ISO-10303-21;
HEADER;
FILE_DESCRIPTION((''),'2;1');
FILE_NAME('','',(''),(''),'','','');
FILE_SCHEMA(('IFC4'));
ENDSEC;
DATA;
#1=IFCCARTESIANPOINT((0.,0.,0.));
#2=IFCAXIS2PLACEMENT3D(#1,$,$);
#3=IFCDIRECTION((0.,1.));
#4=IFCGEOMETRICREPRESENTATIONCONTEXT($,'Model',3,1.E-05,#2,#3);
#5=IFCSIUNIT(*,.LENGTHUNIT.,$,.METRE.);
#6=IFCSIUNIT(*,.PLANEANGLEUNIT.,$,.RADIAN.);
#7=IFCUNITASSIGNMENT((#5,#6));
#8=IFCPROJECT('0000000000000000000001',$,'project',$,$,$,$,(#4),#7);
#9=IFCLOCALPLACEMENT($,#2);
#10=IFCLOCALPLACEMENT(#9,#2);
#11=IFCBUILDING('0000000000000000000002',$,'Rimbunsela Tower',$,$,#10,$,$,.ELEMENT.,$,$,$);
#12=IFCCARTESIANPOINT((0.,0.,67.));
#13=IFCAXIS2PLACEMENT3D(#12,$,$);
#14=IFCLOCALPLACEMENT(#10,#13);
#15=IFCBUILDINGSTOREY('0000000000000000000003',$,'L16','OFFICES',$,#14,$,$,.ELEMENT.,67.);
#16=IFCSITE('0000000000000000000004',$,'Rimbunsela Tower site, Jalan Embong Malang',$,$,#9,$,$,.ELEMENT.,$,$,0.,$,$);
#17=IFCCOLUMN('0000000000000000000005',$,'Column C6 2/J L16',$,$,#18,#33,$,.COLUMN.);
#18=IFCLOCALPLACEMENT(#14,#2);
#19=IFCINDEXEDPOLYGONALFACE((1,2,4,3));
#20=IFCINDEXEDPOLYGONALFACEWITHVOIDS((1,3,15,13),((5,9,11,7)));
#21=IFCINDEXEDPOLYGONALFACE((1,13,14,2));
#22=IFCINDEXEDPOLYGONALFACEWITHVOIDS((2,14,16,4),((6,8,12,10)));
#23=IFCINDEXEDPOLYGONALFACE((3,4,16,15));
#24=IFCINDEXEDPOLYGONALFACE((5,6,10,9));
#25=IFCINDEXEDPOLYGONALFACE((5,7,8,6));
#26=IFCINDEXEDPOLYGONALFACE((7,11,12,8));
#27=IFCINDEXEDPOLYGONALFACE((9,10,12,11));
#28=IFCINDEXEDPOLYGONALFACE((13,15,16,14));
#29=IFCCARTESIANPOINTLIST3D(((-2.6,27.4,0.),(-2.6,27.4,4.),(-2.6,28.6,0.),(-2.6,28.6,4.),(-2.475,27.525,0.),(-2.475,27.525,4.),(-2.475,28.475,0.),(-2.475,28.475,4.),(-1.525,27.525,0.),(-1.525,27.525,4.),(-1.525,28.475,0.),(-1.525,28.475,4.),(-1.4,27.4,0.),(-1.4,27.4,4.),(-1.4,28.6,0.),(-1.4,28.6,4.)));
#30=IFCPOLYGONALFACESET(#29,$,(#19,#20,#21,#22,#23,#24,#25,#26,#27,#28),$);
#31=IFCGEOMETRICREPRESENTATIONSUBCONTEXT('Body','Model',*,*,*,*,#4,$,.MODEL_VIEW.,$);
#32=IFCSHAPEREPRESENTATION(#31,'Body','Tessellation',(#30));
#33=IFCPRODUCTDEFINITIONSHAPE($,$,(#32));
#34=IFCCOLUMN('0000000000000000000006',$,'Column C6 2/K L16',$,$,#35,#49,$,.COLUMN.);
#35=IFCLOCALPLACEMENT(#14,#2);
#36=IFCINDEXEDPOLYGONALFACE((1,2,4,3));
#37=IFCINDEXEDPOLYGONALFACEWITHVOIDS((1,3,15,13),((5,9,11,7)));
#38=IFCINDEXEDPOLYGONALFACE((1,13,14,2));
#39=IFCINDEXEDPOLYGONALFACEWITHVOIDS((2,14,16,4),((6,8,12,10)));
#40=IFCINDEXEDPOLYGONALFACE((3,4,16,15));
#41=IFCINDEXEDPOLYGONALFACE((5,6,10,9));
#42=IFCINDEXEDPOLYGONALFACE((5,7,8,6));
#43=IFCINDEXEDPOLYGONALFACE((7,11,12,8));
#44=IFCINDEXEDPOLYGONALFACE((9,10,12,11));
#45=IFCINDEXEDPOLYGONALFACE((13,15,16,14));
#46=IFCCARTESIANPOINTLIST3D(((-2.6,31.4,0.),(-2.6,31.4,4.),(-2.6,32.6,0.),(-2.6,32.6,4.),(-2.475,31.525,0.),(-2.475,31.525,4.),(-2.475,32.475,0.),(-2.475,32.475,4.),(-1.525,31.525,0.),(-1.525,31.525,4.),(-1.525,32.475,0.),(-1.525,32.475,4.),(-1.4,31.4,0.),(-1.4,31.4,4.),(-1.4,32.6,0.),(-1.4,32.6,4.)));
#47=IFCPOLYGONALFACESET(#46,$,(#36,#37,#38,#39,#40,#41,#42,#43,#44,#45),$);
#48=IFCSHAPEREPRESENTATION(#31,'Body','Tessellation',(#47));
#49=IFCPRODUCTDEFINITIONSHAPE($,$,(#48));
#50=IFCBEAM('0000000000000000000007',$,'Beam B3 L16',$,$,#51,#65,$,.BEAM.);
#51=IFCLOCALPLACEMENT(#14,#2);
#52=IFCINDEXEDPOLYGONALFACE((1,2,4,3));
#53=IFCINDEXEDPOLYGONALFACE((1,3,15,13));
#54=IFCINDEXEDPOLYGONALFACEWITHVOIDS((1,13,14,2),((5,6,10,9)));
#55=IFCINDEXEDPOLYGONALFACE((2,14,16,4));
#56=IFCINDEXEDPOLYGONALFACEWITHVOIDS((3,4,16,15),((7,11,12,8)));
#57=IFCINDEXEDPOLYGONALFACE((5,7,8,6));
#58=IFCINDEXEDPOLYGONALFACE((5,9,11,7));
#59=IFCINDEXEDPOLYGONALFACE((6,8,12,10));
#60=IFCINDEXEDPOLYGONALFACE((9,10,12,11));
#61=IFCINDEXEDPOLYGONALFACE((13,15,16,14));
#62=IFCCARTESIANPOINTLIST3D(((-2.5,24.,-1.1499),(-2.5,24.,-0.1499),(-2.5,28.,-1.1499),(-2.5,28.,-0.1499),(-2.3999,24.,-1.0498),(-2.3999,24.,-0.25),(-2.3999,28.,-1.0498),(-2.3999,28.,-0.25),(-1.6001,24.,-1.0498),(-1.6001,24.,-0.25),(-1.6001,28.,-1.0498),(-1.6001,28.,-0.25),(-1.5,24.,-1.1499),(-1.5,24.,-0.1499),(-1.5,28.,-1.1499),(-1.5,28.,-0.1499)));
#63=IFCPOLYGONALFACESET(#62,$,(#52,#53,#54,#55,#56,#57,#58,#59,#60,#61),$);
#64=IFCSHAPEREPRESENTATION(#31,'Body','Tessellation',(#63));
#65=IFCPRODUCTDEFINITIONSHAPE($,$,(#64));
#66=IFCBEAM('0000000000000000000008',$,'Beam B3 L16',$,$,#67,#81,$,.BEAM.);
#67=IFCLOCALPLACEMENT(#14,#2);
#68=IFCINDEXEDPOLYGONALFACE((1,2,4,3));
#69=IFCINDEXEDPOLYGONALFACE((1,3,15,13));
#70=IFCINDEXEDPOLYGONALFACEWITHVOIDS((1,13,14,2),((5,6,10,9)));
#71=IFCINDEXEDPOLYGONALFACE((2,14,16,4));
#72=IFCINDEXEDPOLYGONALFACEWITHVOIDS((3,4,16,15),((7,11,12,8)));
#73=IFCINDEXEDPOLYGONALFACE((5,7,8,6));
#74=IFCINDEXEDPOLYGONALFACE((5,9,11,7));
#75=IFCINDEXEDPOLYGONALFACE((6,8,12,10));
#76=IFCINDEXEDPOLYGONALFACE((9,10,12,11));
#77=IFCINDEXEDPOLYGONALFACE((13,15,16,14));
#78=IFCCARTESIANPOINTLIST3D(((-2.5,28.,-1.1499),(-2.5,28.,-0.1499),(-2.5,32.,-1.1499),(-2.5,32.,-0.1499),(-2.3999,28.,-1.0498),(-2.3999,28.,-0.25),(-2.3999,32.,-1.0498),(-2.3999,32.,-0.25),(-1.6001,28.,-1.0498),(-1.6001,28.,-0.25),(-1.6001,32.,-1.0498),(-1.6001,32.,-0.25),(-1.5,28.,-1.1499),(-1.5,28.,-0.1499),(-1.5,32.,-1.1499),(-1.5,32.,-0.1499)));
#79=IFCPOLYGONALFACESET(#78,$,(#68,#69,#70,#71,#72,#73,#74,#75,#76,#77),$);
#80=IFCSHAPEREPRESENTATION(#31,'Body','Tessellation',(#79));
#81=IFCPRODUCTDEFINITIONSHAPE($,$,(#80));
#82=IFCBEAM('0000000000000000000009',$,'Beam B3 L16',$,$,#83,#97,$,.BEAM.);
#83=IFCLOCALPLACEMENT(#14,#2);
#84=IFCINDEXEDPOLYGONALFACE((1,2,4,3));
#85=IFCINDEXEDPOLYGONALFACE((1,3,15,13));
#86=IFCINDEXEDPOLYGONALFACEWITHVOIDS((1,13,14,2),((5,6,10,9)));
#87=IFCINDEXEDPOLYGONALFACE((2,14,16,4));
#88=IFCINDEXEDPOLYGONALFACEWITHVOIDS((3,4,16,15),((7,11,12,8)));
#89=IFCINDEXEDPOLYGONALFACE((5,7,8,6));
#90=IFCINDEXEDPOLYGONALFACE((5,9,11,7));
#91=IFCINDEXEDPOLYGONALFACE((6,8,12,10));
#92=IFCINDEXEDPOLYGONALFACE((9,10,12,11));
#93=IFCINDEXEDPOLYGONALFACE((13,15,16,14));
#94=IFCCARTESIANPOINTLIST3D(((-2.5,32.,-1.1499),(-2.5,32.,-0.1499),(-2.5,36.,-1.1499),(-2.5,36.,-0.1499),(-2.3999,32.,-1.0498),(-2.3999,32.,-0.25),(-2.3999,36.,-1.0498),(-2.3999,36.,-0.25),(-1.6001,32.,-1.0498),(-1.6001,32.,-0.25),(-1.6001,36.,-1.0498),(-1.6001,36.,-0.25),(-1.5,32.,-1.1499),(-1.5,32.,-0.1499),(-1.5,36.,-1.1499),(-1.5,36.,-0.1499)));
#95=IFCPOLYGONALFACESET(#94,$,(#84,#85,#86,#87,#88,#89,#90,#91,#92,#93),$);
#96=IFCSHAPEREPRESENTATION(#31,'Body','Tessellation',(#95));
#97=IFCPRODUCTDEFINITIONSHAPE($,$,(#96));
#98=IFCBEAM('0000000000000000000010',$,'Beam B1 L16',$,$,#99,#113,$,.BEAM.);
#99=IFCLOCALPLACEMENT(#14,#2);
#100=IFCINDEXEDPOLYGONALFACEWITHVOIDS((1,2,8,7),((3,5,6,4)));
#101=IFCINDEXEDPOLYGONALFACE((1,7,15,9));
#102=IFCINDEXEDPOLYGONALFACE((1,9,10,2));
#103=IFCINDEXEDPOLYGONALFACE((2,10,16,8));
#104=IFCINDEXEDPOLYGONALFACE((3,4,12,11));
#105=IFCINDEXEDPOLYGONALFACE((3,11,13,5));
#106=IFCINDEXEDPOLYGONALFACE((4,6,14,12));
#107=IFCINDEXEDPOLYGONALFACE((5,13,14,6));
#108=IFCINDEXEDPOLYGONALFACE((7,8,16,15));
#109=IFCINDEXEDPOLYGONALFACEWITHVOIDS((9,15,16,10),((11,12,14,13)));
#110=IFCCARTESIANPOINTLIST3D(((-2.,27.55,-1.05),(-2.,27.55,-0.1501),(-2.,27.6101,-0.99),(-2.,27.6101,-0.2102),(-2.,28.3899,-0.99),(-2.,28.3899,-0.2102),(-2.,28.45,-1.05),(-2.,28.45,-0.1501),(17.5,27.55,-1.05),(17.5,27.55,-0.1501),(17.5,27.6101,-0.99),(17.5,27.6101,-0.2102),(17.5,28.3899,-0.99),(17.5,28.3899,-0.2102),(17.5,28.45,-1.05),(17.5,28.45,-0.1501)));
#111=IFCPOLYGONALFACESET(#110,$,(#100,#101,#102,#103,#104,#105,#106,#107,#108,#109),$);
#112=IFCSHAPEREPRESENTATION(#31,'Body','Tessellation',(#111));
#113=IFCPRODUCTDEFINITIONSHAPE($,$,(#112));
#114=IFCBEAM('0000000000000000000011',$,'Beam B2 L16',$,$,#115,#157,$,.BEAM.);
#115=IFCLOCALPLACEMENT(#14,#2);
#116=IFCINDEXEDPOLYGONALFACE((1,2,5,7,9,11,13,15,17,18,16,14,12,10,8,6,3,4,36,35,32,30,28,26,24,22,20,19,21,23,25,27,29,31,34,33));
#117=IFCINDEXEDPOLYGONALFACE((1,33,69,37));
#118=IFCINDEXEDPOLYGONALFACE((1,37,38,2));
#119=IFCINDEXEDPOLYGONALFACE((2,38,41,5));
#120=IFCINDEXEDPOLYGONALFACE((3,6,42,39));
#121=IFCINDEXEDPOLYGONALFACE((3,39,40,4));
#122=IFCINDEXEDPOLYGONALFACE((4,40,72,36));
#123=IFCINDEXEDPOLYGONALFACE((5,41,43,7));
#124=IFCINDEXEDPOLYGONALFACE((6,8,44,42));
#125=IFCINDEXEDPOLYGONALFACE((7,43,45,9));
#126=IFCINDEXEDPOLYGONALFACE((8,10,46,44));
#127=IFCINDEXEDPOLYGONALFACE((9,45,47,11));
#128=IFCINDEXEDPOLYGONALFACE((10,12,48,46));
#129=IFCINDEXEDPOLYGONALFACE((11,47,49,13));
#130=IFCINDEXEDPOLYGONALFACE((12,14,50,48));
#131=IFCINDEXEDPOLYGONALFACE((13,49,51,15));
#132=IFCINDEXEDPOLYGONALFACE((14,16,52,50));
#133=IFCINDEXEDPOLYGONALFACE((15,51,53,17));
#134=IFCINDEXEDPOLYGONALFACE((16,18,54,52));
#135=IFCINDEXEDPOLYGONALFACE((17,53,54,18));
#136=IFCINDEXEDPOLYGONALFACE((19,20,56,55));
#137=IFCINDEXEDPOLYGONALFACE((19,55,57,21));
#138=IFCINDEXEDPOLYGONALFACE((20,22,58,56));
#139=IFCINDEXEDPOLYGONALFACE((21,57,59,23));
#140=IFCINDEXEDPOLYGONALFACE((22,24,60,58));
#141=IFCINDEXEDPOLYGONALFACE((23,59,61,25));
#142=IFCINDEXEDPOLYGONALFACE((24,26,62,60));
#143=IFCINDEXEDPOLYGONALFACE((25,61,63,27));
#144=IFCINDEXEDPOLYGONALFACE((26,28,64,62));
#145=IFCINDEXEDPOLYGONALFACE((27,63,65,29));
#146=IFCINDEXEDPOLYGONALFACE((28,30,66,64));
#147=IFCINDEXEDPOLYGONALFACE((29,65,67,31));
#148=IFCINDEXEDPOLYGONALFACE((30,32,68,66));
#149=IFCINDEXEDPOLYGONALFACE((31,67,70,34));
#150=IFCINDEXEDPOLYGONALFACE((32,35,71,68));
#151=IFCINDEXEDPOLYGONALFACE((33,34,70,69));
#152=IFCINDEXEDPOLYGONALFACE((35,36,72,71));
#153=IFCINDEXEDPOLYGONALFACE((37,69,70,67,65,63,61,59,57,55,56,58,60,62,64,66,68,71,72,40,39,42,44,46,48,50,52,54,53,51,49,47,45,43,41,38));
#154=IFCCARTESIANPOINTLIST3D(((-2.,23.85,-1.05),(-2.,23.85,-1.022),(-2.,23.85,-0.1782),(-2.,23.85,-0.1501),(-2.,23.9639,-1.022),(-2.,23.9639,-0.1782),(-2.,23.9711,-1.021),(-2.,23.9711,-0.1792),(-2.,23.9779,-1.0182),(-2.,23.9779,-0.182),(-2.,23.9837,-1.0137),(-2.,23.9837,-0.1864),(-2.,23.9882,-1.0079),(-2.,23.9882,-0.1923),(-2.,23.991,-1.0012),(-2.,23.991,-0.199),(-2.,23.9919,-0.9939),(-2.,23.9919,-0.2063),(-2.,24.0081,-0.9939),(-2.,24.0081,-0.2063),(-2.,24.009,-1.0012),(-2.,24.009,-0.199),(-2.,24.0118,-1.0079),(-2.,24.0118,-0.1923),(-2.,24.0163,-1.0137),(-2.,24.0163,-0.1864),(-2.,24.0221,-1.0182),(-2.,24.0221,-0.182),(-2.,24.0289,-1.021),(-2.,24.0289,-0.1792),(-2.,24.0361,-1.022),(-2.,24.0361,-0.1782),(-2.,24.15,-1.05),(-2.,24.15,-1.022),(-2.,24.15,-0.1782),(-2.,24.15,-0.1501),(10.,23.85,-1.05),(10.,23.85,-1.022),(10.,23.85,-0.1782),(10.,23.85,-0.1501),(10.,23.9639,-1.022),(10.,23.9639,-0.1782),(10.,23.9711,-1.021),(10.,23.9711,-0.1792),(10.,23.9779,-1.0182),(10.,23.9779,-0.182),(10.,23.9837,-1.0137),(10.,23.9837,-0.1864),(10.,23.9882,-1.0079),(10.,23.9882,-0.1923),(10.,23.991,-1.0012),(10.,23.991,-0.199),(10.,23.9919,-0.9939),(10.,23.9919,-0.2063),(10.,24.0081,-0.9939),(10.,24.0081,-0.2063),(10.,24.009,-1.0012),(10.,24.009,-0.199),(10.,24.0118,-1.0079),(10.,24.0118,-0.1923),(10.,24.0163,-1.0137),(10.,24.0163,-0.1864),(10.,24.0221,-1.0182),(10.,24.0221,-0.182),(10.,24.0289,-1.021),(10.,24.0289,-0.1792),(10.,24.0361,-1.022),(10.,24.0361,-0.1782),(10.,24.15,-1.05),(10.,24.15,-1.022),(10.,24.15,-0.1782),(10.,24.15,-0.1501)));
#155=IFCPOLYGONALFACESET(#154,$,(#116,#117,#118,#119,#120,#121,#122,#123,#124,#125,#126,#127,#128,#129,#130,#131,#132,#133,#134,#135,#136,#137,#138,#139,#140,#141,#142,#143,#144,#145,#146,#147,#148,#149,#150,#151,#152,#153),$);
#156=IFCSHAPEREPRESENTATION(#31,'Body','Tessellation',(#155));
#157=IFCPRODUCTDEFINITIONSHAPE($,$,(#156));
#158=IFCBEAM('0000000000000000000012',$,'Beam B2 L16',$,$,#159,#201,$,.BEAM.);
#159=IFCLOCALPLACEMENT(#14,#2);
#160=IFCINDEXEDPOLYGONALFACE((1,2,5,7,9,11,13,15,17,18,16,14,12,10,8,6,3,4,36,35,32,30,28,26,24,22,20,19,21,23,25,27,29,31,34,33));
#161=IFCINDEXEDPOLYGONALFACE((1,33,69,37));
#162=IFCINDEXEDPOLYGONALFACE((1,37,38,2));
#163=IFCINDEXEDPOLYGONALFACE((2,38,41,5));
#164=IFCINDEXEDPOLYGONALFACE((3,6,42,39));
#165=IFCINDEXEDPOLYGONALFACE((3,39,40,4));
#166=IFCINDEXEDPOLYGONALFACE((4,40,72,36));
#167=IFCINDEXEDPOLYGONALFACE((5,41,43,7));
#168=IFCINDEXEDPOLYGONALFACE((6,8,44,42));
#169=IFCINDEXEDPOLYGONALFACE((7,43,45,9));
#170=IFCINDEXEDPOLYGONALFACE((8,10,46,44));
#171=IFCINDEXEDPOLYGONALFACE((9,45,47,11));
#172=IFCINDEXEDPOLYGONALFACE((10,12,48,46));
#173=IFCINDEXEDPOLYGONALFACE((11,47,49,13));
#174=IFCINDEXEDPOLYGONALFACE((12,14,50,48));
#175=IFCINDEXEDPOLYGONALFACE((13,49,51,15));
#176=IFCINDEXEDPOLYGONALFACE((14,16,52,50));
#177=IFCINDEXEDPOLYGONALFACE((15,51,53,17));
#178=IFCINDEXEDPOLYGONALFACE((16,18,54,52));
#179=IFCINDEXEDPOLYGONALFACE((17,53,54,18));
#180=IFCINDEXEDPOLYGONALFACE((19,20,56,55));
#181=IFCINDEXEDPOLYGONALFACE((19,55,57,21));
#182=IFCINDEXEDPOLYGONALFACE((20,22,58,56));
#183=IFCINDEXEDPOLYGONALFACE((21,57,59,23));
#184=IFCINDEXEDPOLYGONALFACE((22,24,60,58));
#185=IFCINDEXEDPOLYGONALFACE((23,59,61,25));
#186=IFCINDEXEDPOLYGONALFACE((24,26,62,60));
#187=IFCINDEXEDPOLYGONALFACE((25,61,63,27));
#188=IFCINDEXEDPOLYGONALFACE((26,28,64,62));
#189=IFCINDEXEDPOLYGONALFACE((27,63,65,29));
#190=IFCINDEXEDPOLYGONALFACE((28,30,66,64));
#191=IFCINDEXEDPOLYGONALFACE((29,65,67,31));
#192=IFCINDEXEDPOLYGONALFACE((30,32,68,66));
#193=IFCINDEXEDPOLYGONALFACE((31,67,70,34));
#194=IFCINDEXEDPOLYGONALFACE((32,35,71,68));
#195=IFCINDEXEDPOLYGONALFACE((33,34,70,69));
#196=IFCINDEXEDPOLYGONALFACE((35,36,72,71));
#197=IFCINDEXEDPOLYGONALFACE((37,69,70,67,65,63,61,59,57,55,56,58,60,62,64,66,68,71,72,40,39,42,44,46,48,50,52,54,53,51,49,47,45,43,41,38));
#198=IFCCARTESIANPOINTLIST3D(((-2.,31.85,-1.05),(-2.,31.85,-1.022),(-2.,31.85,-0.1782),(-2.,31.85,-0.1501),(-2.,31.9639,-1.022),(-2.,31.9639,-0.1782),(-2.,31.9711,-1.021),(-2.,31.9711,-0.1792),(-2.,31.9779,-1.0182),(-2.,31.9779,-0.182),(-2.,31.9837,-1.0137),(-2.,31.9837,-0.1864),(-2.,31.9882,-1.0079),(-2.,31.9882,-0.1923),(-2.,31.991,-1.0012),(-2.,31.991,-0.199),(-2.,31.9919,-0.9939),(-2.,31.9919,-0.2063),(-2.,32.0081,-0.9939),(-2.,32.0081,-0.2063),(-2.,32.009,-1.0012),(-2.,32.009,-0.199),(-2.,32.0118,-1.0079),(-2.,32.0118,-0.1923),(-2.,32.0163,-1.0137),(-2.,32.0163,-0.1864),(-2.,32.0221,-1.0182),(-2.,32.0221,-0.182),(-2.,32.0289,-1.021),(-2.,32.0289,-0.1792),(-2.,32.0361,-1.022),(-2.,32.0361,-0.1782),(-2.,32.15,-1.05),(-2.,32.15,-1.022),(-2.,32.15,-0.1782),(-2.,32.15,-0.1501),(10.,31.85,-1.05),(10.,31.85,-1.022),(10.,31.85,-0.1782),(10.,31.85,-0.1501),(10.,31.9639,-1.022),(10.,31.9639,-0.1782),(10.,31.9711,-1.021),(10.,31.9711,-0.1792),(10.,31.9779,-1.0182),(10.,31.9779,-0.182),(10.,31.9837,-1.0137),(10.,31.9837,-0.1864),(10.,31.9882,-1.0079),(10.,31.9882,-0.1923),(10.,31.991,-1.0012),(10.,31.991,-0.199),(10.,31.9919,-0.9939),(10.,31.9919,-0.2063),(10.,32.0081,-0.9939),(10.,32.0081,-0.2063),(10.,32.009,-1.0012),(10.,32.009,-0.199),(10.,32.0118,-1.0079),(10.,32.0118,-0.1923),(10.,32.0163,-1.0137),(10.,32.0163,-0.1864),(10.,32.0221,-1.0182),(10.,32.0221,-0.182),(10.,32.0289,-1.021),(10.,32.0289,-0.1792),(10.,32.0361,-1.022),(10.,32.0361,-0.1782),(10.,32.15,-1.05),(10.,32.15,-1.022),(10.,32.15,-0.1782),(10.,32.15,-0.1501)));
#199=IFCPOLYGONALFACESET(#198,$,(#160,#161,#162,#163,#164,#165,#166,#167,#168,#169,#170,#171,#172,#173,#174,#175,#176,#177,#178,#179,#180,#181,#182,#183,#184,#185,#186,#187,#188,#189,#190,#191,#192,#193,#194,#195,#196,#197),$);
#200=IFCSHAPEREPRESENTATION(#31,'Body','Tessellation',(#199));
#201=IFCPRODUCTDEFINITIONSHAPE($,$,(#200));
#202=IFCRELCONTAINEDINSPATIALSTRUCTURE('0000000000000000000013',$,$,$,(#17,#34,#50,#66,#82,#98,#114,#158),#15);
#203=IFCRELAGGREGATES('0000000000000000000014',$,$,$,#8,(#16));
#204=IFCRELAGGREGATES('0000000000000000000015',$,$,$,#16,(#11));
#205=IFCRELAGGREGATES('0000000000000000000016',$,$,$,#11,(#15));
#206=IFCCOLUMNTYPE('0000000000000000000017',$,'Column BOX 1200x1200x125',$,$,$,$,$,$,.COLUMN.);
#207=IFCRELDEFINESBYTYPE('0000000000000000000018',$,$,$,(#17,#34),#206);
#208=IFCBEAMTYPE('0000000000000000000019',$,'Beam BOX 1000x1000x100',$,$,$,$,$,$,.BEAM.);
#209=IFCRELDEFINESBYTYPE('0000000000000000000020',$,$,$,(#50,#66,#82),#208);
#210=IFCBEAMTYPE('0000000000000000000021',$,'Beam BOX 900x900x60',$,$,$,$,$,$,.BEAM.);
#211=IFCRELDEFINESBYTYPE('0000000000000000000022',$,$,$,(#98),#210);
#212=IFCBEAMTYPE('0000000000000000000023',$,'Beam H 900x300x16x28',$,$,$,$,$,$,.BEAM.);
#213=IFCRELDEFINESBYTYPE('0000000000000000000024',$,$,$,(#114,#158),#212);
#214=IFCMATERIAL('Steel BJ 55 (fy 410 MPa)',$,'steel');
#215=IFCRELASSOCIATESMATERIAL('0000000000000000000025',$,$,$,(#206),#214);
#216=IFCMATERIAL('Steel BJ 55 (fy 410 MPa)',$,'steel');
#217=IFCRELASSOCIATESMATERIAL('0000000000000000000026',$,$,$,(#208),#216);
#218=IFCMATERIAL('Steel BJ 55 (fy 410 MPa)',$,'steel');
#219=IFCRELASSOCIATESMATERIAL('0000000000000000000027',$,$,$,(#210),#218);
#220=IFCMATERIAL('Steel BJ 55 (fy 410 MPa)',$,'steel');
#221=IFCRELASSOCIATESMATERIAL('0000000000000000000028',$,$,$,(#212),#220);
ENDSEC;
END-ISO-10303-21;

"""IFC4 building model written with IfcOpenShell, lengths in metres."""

from ifc_helpers import new_model, si_unit, direction, frame, origin, origin_2d, place, context, subcontext, project, spatial, hollow_rectangle, i_section, extrude, material, material_profile, profile_set, type_object, element, save


model = new_model("IFC4")

# Units and contexts
model_context = context("Model", 3, precision=1e-05, world=origin(), true_north=direction((0.0, 1.0)))
body_context = subcontext(model_context, "Body", "Model", "MODEL_VIEW")
ifc_project = project(units=[si_unit("LENGTHUNIT", "METRE"), si_unit("PLANEANGLEUNIT", "RADIAN")], contexts=[model_context])

# Site, building, storey
site_placement = place(None, origin())
site = spatial("IfcSite", under=ifc_project, at=site_placement, Name="Rimbunsela Tower site, Jalan Embong Malang", CompositionType="ELEMENT", RefElevation=0.0)
building_placement = place(site_placement, origin())
building = spatial("IfcBuilding", under=site, at=building_placement, Name="Rimbunsela Tower", CompositionType="ELEMENT")
storey_placement = place(building_placement, frame((0.0, 0.0, 67.0)))
storey = spatial("IfcBuildingStorey", under=building, at=storey_placement, Name="L16", Description="OFFICES", CompositionType="ELEMENT", Elevation=67.0)

# Columns
ifc_material_1 = material(Name="Steel BJ 55 (fy 410 MPa)", Category="steel")
ifc_material_profile_1 = material_profile(ifc_material_1, hollow_rectangle(XDim=1.2, YDim=1.2, WallThickness=0.125, at=origin_2d()), Name="BOX 1200x1200x125")
ifc_profile_set_1 = profile_set([ifc_material_profile_1], Name="Steel BJ 55 (fy 410 MPa)")
column_type = type_object("IfcColumnType", Name="Column BOX 1200x1200x125", PredefinedType="COLUMN", material=ifc_profile_set_1)
for number, where, z_axis, x_axis, name in (
    (1, (-2.0, 28.0, 0.0), (0.0, 0.0, 1.0), (1.0, 0.0, 0.0), "Column C6 2/J L16"),
    (2, (-2.0, 32.0, 0.0), (0.0, 0.0, 1.0), (1.0, 0.0, 0.0), "Column C6 2/K L16"),
):
    element("IfcColumn", number, at=place(storey_placement, frame(where, z_axis=z_axis, x_axis=x_axis)), inside=storey, type_object=column_type, Name=name, PredefinedType="COLUMN", context=body_context, shape_type="SweptSolid", body=[
        extrude(hollow_rectangle(XDim=1.2, YDim=1.2, WallThickness=0.125, at=origin_2d()), origin(), (0.0, 0.0, 1.0), 4.0),
    ])

# Beams
ifc_material_2 = material(Name="Steel BJ 55 (fy 410 MPa)", Category="steel")
ifc_material_profile_2 = material_profile(ifc_material_2, hollow_rectangle(XDim=1.0, YDim=1.0, WallThickness=0.1001, at=origin_2d()), Name="BOX 1000x1000x100")
ifc_profile_set_2 = profile_set([ifc_material_profile_2], Name="Steel BJ 55 (fy 410 MPa)")
beam_type_1 = type_object("IfcBeamType", Name="Beam BOX 1000x1000x100", PredefinedType="BEAM", material=ifc_profile_set_2)
for number, where, z_axis, x_axis, name in (
    (3, (-2.0, 24.0, -0.6499), (0.0, 1.0, 0.0), (-1.0, 0.0, 0.0), "Beam B3 L16"),
    (4, (-2.0, 28.0, -0.6499), (0.0, 1.0, 0.0), (-1.0, 0.0, 0.0), "Beam B3 L16"),
    (5, (-2.0, 32.0, -0.6499), (0.0, 1.0, 0.0), (-1.0, 0.0, 0.0), "Beam B3 L16"),
):
    element("IfcBeam", number, at=place(storey_placement, frame(where, z_axis=z_axis, x_axis=x_axis)), inside=storey, type_object=beam_type_1, Name=name, PredefinedType="BEAM", context=body_context, shape_type="SweptSolid", body=[
        extrude(hollow_rectangle(XDim=1.0, YDim=1.0, WallThickness=0.1001, at=origin_2d()), origin(), (0.0, 0.0, 1.0), 4.0),
    ])
ifc_material_3 = material(Name="Steel BJ 55 (fy 410 MPa)", Category="steel")
ifc_material_profile_3 = material_profile(ifc_material_3, hollow_rectangle(XDim=0.8999, YDim=0.8999, WallThickness=0.0601, at=origin_2d()), Name="BOX 900x900x60")
ifc_profile_set_3 = profile_set([ifc_material_profile_3], Name="Steel BJ 55 (fy 410 MPa)")
beam_type_2 = type_object("IfcBeamType", Name="Beam BOX 900x900x60", PredefinedType="BEAM", material=ifc_profile_set_3)
beam_placement = place(storey_placement, frame((-2.0, 28.0, -0.6001), z_axis=(1.0, 0.0, 0.0), x_axis=(0.0, 1.0, 0.0)))
element("IfcBeam", 6, at=beam_placement, inside=storey, type_object=beam_type_2, Name="Beam B1 L16", PredefinedType="BEAM", context=body_context, shape_type="SweptSolid", body=[
    extrude(hollow_rectangle(XDim=0.8999, YDim=0.8999, WallThickness=0.0601, at=origin_2d()), origin(), (0.0, 0.0, 1.0), 19.5),
])
ifc_material_4 = material(Name="Steel BJ 55 (fy 410 MPa)", Category="steel")
ifc_material_profile_4 = material_profile(ifc_material_4, i_section(OverallWidth=0.3, OverallDepth=0.8999, WebThickness=0.0161, FlangeThickness=0.0281, FilletRadius=0.0281, at=origin_2d()), Name="H 900x300x16x28")
ifc_profile_set_4 = profile_set([ifc_material_profile_4], Name="Steel BJ 55 (fy 410 MPa)")
beam_type_3 = type_object("IfcBeamType", Name="Beam H 900x300x16x28", PredefinedType="BEAM", material=ifc_profile_set_4)
for number, where, z_axis, x_axis, name in (
    (7, (-2.0, 24.0, -0.6001), (1.0, 0.0, 0.0), (0.0, 1.0, 0.0), "Beam B2 L16"),
    (8, (-2.0, 32.0, -0.6001), (1.0, 0.0, 0.0), (0.0, 1.0, 0.0), "Beam B2 L16"),
):
    element("IfcBeam", number, at=place(storey_placement, frame(where, z_axis=z_axis, x_axis=x_axis)), inside=storey, type_object=beam_type_3, Name=name, PredefinedType="BEAM", context=body_context, shape_type="SweptSolid", body=[
        extrude(i_section(OverallWidth=0.3, OverallDepth=0.8999, WebThickness=0.0161, FlangeThickness=0.0281, FilletRadius=0.0281, at=origin_2d()), origin(), (0.0, 0.0, 1.0), 12.0),
    ])

save(model, "model.ifc")
